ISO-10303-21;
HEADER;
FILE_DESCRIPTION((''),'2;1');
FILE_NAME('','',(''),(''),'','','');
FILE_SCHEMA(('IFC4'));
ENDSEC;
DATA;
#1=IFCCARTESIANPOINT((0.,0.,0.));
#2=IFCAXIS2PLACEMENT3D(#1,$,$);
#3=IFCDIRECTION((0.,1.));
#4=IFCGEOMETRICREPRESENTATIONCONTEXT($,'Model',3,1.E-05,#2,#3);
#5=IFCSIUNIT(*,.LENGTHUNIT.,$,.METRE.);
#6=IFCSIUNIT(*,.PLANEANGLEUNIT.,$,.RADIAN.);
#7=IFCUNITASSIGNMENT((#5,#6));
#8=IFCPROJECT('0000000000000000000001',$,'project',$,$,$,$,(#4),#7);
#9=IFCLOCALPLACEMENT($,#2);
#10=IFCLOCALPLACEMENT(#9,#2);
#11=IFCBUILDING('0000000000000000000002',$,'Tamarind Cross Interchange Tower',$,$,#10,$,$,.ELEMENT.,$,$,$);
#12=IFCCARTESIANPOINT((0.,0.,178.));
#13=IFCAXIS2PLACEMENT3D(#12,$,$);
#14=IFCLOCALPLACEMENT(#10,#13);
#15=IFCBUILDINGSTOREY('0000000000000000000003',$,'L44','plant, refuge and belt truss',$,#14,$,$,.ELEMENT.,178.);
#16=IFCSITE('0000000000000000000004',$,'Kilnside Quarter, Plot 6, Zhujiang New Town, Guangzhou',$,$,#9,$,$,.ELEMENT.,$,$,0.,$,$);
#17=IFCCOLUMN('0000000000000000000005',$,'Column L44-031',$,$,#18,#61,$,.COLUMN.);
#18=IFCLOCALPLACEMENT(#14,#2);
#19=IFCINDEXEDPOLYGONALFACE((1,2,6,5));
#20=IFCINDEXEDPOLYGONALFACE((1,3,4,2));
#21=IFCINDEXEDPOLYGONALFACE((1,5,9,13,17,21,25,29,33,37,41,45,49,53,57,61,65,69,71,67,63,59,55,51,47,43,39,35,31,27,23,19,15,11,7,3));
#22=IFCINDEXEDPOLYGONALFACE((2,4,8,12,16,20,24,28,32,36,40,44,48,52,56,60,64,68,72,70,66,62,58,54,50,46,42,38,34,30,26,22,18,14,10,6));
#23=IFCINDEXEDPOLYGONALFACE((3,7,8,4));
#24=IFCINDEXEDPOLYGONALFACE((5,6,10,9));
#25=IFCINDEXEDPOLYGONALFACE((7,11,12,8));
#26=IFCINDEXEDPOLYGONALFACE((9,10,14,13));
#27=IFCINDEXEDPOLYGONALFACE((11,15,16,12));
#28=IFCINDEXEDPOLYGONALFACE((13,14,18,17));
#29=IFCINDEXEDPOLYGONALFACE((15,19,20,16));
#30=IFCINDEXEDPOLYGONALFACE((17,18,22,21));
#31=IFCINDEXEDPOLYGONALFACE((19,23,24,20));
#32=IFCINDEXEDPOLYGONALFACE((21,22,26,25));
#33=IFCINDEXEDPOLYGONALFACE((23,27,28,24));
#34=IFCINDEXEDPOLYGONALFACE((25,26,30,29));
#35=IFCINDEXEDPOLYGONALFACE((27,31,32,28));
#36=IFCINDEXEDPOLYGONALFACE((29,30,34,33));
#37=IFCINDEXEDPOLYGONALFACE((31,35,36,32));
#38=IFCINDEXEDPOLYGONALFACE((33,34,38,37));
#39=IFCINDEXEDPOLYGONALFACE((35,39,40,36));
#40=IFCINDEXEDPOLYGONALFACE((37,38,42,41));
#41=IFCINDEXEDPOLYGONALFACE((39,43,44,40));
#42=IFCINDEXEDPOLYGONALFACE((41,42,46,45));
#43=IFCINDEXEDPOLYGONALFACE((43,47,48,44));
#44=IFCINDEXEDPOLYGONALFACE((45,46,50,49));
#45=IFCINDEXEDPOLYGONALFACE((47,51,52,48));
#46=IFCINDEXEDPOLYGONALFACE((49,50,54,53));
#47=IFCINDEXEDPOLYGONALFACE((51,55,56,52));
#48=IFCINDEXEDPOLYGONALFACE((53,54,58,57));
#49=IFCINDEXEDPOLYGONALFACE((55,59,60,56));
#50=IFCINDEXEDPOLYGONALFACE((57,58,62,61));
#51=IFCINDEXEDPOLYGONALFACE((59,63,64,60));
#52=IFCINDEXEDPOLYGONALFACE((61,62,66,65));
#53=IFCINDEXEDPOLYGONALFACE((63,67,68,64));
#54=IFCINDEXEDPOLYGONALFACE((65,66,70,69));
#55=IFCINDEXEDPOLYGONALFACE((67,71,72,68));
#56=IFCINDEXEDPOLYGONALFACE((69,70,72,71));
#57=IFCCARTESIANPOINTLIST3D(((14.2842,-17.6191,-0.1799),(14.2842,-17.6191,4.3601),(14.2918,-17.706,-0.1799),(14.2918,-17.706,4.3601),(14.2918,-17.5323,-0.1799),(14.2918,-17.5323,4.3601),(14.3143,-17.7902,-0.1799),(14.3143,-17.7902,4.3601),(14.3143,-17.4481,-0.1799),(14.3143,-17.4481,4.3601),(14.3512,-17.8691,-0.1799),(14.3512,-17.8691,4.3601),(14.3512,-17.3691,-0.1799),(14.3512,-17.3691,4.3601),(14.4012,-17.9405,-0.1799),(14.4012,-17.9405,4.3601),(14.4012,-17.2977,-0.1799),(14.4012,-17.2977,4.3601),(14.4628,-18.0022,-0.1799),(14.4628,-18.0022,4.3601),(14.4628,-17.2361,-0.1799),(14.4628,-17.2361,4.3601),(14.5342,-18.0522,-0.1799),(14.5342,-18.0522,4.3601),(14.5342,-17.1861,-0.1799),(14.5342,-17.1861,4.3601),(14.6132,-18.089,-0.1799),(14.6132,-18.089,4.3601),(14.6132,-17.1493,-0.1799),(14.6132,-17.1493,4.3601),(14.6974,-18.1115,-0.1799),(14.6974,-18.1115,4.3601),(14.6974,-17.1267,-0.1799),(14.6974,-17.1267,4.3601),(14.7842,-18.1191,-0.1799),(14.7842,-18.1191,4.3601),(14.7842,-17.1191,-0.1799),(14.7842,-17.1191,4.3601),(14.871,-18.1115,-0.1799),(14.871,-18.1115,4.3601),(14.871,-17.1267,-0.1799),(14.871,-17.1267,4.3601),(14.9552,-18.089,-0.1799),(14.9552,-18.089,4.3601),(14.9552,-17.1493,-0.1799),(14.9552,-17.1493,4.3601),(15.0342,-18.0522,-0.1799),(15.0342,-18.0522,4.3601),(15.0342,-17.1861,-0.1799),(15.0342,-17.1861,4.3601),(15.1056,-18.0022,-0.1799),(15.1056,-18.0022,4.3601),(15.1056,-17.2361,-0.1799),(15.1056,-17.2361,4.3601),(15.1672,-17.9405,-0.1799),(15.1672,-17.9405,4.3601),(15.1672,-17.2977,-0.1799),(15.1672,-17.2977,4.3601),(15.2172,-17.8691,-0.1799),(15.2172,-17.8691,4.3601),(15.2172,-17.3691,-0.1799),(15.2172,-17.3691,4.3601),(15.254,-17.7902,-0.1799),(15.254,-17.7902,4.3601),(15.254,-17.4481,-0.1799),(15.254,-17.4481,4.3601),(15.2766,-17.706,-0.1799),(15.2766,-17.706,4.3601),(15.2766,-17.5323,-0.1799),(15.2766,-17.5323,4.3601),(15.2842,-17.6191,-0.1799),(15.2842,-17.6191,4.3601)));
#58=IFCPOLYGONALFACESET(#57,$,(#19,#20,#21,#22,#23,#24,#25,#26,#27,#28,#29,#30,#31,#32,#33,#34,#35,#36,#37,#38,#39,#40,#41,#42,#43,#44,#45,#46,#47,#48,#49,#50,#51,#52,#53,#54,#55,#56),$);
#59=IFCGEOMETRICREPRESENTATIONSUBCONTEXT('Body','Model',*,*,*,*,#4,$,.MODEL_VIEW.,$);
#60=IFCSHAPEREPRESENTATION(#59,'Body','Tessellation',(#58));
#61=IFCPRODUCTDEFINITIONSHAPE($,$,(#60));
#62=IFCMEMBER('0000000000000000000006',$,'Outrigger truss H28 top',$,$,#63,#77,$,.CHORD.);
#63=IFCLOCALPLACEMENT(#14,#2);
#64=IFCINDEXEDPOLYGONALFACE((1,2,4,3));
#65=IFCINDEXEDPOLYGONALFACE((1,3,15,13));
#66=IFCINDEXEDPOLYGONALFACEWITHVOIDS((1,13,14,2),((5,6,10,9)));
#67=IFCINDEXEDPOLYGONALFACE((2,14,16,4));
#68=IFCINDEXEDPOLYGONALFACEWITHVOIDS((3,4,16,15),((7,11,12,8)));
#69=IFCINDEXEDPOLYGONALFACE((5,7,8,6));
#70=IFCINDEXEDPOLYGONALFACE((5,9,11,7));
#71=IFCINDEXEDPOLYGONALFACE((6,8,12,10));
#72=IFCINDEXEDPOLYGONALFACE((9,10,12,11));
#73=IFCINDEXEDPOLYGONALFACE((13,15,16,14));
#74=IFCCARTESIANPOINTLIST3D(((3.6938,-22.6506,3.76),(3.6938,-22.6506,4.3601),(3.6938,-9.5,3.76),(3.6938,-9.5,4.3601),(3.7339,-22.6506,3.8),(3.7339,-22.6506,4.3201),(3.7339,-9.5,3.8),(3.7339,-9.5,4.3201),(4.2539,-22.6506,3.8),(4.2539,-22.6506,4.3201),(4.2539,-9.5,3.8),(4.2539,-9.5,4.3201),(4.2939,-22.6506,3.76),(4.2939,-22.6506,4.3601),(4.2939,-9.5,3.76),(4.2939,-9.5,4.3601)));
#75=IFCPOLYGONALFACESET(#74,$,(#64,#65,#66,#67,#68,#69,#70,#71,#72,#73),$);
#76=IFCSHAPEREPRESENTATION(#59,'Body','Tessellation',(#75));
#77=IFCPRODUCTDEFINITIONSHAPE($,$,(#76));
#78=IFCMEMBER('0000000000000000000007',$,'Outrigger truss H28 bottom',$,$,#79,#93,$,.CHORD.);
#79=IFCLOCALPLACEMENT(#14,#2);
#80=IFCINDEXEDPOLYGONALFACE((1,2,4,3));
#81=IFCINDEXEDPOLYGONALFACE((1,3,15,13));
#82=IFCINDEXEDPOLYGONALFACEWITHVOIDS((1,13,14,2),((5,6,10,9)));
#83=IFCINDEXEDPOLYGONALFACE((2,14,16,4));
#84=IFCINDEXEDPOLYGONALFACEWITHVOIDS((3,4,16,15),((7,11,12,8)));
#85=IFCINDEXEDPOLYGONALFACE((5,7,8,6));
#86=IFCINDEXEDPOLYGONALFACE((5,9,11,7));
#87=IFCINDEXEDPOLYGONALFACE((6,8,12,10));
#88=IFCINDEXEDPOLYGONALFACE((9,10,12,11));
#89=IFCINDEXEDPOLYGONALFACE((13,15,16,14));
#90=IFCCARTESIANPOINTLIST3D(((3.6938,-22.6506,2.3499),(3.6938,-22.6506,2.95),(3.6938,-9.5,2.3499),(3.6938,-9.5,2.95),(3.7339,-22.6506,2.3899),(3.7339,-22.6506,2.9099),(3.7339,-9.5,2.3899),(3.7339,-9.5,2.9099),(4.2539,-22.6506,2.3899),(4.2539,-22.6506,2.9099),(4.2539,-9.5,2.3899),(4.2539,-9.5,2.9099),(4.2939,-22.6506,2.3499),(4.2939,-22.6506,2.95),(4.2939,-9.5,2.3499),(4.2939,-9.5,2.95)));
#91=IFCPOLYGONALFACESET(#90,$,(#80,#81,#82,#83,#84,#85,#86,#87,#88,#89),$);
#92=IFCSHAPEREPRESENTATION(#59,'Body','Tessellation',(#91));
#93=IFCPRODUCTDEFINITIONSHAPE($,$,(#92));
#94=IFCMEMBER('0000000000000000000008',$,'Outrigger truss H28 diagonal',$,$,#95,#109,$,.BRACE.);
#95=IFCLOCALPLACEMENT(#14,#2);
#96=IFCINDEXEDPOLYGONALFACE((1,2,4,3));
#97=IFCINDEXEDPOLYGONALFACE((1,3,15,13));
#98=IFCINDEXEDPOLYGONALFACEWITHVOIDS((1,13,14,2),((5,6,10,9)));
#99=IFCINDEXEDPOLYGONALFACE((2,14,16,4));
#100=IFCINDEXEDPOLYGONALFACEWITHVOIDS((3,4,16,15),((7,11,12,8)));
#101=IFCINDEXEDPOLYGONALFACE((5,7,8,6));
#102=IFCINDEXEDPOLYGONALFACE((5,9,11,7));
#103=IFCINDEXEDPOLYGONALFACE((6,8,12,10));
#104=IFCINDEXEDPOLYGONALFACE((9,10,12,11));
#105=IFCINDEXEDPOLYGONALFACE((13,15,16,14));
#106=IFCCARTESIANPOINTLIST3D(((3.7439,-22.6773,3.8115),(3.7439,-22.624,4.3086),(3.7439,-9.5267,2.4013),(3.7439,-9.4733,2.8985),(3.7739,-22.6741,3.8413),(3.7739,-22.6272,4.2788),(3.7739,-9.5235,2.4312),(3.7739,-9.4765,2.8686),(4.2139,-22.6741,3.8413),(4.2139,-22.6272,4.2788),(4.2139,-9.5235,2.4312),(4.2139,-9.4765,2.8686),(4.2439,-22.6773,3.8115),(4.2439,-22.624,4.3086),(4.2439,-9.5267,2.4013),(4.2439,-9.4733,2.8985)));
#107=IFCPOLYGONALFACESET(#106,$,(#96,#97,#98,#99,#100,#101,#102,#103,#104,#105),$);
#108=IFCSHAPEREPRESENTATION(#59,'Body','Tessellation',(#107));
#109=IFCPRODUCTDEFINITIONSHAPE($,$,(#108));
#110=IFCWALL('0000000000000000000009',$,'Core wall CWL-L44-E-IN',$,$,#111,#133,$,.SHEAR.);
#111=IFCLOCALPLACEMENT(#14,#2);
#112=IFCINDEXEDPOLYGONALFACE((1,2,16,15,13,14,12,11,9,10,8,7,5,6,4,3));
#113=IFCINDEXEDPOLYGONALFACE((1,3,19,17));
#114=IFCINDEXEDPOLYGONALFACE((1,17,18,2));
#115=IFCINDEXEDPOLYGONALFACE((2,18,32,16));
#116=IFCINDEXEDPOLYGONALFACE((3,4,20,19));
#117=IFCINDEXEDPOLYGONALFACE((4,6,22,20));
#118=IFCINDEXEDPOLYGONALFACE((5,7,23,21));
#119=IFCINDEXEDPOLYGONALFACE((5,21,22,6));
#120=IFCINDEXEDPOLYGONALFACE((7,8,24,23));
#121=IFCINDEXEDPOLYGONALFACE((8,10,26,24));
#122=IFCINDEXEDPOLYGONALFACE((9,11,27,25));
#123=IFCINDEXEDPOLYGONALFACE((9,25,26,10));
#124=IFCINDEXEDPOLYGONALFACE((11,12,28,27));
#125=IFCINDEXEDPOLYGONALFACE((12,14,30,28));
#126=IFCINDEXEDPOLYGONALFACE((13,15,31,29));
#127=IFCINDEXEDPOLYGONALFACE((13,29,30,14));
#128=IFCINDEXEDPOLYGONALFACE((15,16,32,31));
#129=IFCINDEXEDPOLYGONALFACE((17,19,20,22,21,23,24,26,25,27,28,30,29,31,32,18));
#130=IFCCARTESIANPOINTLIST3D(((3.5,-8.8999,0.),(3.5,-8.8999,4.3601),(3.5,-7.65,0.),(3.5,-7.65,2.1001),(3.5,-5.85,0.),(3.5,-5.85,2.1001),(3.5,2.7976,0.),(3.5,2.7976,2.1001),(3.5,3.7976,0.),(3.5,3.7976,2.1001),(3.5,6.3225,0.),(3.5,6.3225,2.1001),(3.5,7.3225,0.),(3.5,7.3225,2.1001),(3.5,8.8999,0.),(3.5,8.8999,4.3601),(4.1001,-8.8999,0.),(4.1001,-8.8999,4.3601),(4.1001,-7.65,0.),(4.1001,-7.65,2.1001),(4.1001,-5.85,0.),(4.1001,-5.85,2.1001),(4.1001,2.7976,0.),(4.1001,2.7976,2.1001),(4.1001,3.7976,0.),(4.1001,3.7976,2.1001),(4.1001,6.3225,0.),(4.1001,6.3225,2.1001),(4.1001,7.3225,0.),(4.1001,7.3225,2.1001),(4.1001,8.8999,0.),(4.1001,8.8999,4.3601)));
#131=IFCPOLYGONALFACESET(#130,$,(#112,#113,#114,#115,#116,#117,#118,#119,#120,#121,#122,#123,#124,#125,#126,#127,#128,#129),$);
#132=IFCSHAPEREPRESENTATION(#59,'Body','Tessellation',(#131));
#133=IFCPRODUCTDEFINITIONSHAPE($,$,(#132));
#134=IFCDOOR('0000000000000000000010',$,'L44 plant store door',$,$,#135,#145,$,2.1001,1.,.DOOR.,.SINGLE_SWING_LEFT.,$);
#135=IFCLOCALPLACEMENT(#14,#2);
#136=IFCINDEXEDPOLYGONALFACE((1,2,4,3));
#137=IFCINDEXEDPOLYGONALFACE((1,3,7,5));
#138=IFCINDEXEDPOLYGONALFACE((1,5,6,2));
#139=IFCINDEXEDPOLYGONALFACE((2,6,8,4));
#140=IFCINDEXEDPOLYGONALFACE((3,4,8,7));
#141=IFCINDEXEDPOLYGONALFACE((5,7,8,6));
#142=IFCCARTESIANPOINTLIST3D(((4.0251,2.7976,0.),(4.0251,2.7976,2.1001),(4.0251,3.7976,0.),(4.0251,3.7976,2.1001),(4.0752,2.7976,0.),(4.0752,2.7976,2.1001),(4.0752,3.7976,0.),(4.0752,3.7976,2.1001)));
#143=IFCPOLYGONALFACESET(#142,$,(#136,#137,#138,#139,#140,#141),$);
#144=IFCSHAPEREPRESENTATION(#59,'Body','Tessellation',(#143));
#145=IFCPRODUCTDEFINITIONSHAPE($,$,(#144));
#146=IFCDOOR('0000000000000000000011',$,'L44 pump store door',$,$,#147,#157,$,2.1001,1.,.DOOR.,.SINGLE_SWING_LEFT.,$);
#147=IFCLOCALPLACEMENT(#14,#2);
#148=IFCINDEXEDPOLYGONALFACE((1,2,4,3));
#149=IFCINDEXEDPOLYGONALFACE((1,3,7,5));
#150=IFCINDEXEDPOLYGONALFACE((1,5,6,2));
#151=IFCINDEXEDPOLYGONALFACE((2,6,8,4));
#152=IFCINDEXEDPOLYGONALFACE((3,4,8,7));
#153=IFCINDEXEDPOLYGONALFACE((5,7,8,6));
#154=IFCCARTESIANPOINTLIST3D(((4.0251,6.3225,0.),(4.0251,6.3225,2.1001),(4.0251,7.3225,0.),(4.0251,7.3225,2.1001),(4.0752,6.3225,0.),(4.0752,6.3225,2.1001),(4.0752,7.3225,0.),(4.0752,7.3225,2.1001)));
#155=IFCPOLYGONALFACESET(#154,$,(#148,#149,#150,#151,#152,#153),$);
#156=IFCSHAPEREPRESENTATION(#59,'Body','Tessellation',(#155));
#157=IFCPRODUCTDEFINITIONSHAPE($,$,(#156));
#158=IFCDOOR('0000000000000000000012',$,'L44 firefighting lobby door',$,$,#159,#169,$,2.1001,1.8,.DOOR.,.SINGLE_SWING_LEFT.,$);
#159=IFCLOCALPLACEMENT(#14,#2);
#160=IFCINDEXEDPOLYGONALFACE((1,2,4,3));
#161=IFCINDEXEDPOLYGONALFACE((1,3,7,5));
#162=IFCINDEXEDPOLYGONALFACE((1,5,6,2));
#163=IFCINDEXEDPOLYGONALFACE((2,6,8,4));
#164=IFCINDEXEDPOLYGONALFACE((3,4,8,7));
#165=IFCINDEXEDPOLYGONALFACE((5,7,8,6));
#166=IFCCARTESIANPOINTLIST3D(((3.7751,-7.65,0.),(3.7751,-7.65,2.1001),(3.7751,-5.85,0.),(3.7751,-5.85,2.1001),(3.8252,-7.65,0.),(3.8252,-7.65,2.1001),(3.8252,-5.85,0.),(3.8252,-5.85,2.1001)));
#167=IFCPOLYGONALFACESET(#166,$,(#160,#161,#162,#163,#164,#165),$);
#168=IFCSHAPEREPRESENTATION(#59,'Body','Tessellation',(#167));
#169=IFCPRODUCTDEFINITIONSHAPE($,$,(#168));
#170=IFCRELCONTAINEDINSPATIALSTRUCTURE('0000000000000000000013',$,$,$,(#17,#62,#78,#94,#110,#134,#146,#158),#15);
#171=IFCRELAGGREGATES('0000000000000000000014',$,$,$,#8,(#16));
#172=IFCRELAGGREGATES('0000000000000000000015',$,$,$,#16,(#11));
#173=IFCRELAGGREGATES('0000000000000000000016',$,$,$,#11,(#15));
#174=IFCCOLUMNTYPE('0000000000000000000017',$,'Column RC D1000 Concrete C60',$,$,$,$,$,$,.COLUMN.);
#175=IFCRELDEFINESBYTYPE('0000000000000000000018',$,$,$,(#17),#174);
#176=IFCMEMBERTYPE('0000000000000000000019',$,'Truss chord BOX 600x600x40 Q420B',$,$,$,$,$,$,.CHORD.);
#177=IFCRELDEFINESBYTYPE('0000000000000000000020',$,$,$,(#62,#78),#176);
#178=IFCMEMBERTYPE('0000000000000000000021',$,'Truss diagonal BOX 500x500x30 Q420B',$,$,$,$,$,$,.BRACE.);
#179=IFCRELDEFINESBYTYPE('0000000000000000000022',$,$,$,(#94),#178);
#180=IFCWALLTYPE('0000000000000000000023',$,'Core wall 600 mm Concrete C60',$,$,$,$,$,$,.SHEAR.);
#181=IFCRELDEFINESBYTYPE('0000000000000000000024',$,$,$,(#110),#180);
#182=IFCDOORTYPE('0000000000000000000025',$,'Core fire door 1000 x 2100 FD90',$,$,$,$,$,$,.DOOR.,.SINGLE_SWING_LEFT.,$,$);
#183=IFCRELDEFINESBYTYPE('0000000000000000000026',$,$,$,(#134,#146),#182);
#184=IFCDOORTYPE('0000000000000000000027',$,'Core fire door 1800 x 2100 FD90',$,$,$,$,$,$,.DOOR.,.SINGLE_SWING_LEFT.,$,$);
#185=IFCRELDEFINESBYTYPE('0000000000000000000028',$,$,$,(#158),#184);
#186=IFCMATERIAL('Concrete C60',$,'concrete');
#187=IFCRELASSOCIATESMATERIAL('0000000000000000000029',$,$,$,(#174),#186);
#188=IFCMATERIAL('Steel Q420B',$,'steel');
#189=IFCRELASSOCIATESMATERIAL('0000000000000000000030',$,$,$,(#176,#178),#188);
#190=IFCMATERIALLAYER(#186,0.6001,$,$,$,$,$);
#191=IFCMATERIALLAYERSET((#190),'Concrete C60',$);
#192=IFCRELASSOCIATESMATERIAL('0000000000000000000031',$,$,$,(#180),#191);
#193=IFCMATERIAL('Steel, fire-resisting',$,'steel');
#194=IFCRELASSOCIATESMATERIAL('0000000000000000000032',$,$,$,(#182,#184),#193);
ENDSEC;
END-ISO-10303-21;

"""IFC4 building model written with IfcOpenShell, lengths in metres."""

from ifc_helpers import new_model, si_unit, direction, frame, frame_2d, origin, origin_2d, place, context, subcontext, project, spatial, rectangle, hollow_rectangle, circle, extrude, material, layer, layer_set, material_profile, profile_set, type_object, element, fill, save


model = new_model("IFC4")

# Units and contexts
model_context = context("Model", 3, precision=1e-05, world=origin(), true_north=direction((0.0, 1.0)))
body_context = subcontext(model_context, "Body", "Model", "MODEL_VIEW")
ifc_project = project(units=[si_unit("LENGTHUNIT", "METRE"), si_unit("PLANEANGLEUNIT", "RADIAN")], contexts=[model_context])

# Site, building, storey
site_placement = place(None, origin())
site = spatial("IfcSite", under=ifc_project, at=site_placement, Name="Kilnside Quarter, Plot 6, Zhujiang New Town, Guangzhou", CompositionType="ELEMENT", RefElevation=0.0)
building_placement = place(site_placement, origin())
building = spatial("IfcBuilding", under=site, at=building_placement, Name="Tamarind Cross Interchange Tower", CompositionType="ELEMENT")
storey_placement = place(building_placement, frame((0.0, 0.0, 178.0)))
storey = spatial("IfcBuildingStorey", under=building, at=storey_placement, Name="L44", Description="plant, refuge and belt truss", CompositionType="ELEMENT", Elevation=178.0)

# Column
ifc_material_1 = material(Name="Concrete C60", Category="concrete")
ifc_material_profile_1 = material_profile(ifc_material_1, circle(Radius=0.5, at=origin_2d()), Name="RC D1000")
ifc_profile_set_1 = profile_set([ifc_material_profile_1], Name="Concrete C60")
column_type = type_object("IfcColumnType", Name="Column RC D1000 Concrete C60", PredefinedType="COLUMN", material=ifc_profile_set_1)
column_placement = place(storey_placement, frame((14.7842, -17.6191, -0.1799), z_axis=(0.0, 0.0, 1.0), x_axis=(1.0, 0.0, 0.0)))
element("IfcColumn", 1, at=column_placement, inside=storey, type_object=column_type, Name="Column L44-031", PredefinedType="COLUMN", context=body_context, shape_type="SweptSolid", body=[
    extrude(circle(Radius=0.5, at=origin_2d()), origin(), (0.0, 0.0, 1.0), 4.54),
])

# Members
ifc_material_2 = material(Name="Steel Q420B", Category="steel")
ifc_material_profile_2 = material_profile(ifc_material_2, hollow_rectangle(XDim=0.6001, YDim=0.6001, WallThickness=0.04, at=origin_2d()), Name="BOX 600x600x40")
ifc_profile_set_2 = profile_set([ifc_material_profile_2], Name="Steel Q420B")
member_type_1 = type_object("IfcMemberType", Name="Truss chord BOX 600x600x40 Q420B", PredefinedType="CHORD", material=ifc_profile_set_2)
for number, where, z_axis, x_axis, name in (
    (2, (3.9939, -9.5, 4.0601), (0.0, -1.0, 0.0), (1.0, 0.0, 0.0), "Outrigger truss H28 top"),
    (3, (3.9939, -9.5, 2.6499), (0.0, -1.0, 0.0), (1.0, 0.0, 0.0), "Outrigger truss H28 bottom"),
):
    element("IfcMember", number, at=place(storey_placement, frame(where, z_axis=z_axis, x_axis=x_axis)), inside=storey, type_object=member_type_1, Name=name, PredefinedType="CHORD", context=body_context, shape_type="SweptSolid", body=[
        extrude(hollow_rectangle(XDim=0.6001, YDim=0.6001, WallThickness=0.04, at=origin_2d()), origin(), (0.0, 0.0, 1.0), 13.1506),
    ])
ifc_material_profile_3 = material_profile(ifc_material_2, hollow_rectangle(XDim=0.5, YDim=0.5, WallThickness=0.03, at=origin_2d()), Name="BOX 500x500x30")
ifc_profile_set_3 = profile_set([ifc_material_profile_3], Name="Steel Q420B")
member_type_2 = type_object("IfcMemberType", Name="Truss diagonal BOX 500x500x30 Q420B", PredefinedType="BRACE", material=ifc_profile_set_3)
member_placement = place(storey_placement, frame((3.9939, -9.5, 2.6499), z_axis=(0.0, -0.9943, 0.10662), x_axis=(1.0, 0.0, 0.0)))
element("IfcMember", 4, at=member_placement, inside=storey, type_object=member_type_2, Name="Outrigger truss H28 diagonal", PredefinedType="BRACE", context=body_context, shape_type="SweptSolid", body=[
    extrude(hollow_rectangle(XDim=0.5, YDim=0.5, WallThickness=0.03, at=origin_2d()), origin(), (0.0, 0.0, 1.0), 13.2261),
])

# Wall, openings, doors
ifc_layer_1 = layer(ifc_material_1, 0.6001)
ifc_layer_set_1 = layer_set([ifc_layer_1], Name="Concrete C60")
wall_type_1 = type_object("IfcWallType", Name="Core wall 600 mm Concrete C60", PredefinedType="SHEAR", material=ifc_layer_set_1)
wall_1_placement = place(storey_placement, frame((3.8, -8.8999, 0.0), z_axis=(0.0, 0.0, 1.0), x_axis=(0.0, 1.0, 0.0)))
wall_1 = element("IfcWall", 5, at=wall_1_placement, inside=storey, type_object=wall_type_1, Name="Core wall CWL-L44-E-IN", PredefinedType="SHEAR", context=body_context, shape_type="SweptSolid", body=[
    extrude(rectangle(XDim=17.7998, YDim=0.6001, at=frame_2d((8.8999, 0.0))), origin(), (0.0, 0.0, 1.0), 4.3601),
])
opening_1_placement = place(wall_1_placement, frame((1.25, 0.0, 0.0)))
opening_1 = element("IfcOpeningElement", 6, at=opening_1_placement, cuts=wall_1, PredefinedType="OPENING", context=body_context, shape_type="SweptSolid", body=[
    extrude(rectangle(XDim=1.8, YDim=2.1001, at=frame_2d((0.8999, 1.05))), frame((0.0, 0.3101, 0.0), z_axis=(0.0, -1.0, 0.0), x_axis=(1.0, 0.0, 0.0)), (0.0, 0.0, 1.0), 0.6201),
])
opening_2_placement = place(wall_1_placement, frame((11.6975, 0.0, 0.0)))
opening_2 = element("IfcOpeningElement", 7, at=opening_2_placement, cuts=wall_1, PredefinedType="OPENING", context=body_context, shape_type="SweptSolid", body=[
    extrude(rectangle(XDim=1.0, YDim=2.1001, at=frame_2d((0.5, 1.05))), frame((0.0, 0.3101, 0.0), z_axis=(0.0, -1.0, 0.0), x_axis=(1.0, 0.0, 0.0)), (0.0, 0.0, 1.0), 0.6201),
])
opening_3_placement = place(wall_1_placement, frame((15.2224, 0.0, 0.0)))
opening_3 = element("IfcOpeningElement", 8, at=opening_3_placement, cuts=wall_1, PredefinedType="OPENING", context=body_context, shape_type="SweptSolid", body=[
    extrude(rectangle(XDim=1.0, YDim=2.1001, at=frame_2d((0.5, 1.05))), frame((0.0, 0.3101, 0.0), z_axis=(0.0, -1.0, 0.0), x_axis=(1.0, 0.0, 0.0)), (0.0, 0.0, 1.0), 0.6201),
])
ifc_material_3 = material(Name="Steel, fire-resisting", Category="steel")
door_type_1 = type_object("IfcDoorType", Name="Core fire door 1000 x 2100 FD90", OperationType="SINGLE_SWING_LEFT", PredefinedType="DOOR", material=ifc_material_3)
door_1_placement = place(opening_2_placement, origin())
door_1 = element("IfcDoor", 9, at=door_1_placement, inside=storey, type_object=door_type_1, Name="L44 plant store door", OperationType="SINGLE_SWING_LEFT", OverallHeight=2.1001, OverallWidth=1.0, PredefinedType="DOOR", context=body_context, shape_type="SweptSolid", body=[
    extrude(rectangle(XDim=1.0, YDim=2.1001, at=frame_2d((0.5, 1.05))), frame((0.0, -0.2251, 0.0), z_axis=(0.0, -1.0, 0.0), x_axis=(1.0, 0.0, 0.0)), (0.0, 0.0, 1.0), 0.05),
])
fill(opening_2, door_1)
door_2_placement = place(opening_3_placement, origin())
door_2 = element("IfcDoor", 10, at=door_2_placement, inside=storey, type_object=door_type_1, Name="L44 pump store door", OperationType="SINGLE_SWING_LEFT", OverallHeight=2.1001, OverallWidth=1.0, PredefinedType="DOOR", context=body_context, shape_type="SweptSolid", body=[
    extrude(rectangle(XDim=1.0, YDim=2.1001, at=frame_2d((0.5, 1.05))), frame((0.0, -0.2251, 0.0), z_axis=(0.0, -1.0, 0.0), x_axis=(1.0, 0.0, 0.0)), (0.0, 0.0, 1.0), 0.05),
])
fill(opening_3, door_2)
door_type_2 = type_object("IfcDoorType", Name="Core fire door 1800 x 2100 FD90", OperationType="SINGLE_SWING_LEFT", PredefinedType="DOOR", material=ifc_material_3)
door_3_placement = place(opening_1_placement, origin())
door_3 = element("IfcDoor", 11, at=door_3_placement, inside=storey, type_object=door_type_2, Name="L44 firefighting lobby door", OperationType="SINGLE_SWING_LEFT", OverallHeight=2.1001, OverallWidth=1.8, PredefinedType="DOOR", context=body_context, shape_type="SweptSolid", body=[
    extrude(rectangle(XDim=1.8, YDim=2.1001, at=frame_2d((0.8999, 1.05))), frame((0.0, 0.0249, 0.0), z_axis=(0.0, -1.0, 0.0), x_axis=(1.0, 0.0, 0.0)), (0.0, 0.0, 1.0), 0.05),
])
fill(opening_1, door_3)

save(model, "model.ifc")
